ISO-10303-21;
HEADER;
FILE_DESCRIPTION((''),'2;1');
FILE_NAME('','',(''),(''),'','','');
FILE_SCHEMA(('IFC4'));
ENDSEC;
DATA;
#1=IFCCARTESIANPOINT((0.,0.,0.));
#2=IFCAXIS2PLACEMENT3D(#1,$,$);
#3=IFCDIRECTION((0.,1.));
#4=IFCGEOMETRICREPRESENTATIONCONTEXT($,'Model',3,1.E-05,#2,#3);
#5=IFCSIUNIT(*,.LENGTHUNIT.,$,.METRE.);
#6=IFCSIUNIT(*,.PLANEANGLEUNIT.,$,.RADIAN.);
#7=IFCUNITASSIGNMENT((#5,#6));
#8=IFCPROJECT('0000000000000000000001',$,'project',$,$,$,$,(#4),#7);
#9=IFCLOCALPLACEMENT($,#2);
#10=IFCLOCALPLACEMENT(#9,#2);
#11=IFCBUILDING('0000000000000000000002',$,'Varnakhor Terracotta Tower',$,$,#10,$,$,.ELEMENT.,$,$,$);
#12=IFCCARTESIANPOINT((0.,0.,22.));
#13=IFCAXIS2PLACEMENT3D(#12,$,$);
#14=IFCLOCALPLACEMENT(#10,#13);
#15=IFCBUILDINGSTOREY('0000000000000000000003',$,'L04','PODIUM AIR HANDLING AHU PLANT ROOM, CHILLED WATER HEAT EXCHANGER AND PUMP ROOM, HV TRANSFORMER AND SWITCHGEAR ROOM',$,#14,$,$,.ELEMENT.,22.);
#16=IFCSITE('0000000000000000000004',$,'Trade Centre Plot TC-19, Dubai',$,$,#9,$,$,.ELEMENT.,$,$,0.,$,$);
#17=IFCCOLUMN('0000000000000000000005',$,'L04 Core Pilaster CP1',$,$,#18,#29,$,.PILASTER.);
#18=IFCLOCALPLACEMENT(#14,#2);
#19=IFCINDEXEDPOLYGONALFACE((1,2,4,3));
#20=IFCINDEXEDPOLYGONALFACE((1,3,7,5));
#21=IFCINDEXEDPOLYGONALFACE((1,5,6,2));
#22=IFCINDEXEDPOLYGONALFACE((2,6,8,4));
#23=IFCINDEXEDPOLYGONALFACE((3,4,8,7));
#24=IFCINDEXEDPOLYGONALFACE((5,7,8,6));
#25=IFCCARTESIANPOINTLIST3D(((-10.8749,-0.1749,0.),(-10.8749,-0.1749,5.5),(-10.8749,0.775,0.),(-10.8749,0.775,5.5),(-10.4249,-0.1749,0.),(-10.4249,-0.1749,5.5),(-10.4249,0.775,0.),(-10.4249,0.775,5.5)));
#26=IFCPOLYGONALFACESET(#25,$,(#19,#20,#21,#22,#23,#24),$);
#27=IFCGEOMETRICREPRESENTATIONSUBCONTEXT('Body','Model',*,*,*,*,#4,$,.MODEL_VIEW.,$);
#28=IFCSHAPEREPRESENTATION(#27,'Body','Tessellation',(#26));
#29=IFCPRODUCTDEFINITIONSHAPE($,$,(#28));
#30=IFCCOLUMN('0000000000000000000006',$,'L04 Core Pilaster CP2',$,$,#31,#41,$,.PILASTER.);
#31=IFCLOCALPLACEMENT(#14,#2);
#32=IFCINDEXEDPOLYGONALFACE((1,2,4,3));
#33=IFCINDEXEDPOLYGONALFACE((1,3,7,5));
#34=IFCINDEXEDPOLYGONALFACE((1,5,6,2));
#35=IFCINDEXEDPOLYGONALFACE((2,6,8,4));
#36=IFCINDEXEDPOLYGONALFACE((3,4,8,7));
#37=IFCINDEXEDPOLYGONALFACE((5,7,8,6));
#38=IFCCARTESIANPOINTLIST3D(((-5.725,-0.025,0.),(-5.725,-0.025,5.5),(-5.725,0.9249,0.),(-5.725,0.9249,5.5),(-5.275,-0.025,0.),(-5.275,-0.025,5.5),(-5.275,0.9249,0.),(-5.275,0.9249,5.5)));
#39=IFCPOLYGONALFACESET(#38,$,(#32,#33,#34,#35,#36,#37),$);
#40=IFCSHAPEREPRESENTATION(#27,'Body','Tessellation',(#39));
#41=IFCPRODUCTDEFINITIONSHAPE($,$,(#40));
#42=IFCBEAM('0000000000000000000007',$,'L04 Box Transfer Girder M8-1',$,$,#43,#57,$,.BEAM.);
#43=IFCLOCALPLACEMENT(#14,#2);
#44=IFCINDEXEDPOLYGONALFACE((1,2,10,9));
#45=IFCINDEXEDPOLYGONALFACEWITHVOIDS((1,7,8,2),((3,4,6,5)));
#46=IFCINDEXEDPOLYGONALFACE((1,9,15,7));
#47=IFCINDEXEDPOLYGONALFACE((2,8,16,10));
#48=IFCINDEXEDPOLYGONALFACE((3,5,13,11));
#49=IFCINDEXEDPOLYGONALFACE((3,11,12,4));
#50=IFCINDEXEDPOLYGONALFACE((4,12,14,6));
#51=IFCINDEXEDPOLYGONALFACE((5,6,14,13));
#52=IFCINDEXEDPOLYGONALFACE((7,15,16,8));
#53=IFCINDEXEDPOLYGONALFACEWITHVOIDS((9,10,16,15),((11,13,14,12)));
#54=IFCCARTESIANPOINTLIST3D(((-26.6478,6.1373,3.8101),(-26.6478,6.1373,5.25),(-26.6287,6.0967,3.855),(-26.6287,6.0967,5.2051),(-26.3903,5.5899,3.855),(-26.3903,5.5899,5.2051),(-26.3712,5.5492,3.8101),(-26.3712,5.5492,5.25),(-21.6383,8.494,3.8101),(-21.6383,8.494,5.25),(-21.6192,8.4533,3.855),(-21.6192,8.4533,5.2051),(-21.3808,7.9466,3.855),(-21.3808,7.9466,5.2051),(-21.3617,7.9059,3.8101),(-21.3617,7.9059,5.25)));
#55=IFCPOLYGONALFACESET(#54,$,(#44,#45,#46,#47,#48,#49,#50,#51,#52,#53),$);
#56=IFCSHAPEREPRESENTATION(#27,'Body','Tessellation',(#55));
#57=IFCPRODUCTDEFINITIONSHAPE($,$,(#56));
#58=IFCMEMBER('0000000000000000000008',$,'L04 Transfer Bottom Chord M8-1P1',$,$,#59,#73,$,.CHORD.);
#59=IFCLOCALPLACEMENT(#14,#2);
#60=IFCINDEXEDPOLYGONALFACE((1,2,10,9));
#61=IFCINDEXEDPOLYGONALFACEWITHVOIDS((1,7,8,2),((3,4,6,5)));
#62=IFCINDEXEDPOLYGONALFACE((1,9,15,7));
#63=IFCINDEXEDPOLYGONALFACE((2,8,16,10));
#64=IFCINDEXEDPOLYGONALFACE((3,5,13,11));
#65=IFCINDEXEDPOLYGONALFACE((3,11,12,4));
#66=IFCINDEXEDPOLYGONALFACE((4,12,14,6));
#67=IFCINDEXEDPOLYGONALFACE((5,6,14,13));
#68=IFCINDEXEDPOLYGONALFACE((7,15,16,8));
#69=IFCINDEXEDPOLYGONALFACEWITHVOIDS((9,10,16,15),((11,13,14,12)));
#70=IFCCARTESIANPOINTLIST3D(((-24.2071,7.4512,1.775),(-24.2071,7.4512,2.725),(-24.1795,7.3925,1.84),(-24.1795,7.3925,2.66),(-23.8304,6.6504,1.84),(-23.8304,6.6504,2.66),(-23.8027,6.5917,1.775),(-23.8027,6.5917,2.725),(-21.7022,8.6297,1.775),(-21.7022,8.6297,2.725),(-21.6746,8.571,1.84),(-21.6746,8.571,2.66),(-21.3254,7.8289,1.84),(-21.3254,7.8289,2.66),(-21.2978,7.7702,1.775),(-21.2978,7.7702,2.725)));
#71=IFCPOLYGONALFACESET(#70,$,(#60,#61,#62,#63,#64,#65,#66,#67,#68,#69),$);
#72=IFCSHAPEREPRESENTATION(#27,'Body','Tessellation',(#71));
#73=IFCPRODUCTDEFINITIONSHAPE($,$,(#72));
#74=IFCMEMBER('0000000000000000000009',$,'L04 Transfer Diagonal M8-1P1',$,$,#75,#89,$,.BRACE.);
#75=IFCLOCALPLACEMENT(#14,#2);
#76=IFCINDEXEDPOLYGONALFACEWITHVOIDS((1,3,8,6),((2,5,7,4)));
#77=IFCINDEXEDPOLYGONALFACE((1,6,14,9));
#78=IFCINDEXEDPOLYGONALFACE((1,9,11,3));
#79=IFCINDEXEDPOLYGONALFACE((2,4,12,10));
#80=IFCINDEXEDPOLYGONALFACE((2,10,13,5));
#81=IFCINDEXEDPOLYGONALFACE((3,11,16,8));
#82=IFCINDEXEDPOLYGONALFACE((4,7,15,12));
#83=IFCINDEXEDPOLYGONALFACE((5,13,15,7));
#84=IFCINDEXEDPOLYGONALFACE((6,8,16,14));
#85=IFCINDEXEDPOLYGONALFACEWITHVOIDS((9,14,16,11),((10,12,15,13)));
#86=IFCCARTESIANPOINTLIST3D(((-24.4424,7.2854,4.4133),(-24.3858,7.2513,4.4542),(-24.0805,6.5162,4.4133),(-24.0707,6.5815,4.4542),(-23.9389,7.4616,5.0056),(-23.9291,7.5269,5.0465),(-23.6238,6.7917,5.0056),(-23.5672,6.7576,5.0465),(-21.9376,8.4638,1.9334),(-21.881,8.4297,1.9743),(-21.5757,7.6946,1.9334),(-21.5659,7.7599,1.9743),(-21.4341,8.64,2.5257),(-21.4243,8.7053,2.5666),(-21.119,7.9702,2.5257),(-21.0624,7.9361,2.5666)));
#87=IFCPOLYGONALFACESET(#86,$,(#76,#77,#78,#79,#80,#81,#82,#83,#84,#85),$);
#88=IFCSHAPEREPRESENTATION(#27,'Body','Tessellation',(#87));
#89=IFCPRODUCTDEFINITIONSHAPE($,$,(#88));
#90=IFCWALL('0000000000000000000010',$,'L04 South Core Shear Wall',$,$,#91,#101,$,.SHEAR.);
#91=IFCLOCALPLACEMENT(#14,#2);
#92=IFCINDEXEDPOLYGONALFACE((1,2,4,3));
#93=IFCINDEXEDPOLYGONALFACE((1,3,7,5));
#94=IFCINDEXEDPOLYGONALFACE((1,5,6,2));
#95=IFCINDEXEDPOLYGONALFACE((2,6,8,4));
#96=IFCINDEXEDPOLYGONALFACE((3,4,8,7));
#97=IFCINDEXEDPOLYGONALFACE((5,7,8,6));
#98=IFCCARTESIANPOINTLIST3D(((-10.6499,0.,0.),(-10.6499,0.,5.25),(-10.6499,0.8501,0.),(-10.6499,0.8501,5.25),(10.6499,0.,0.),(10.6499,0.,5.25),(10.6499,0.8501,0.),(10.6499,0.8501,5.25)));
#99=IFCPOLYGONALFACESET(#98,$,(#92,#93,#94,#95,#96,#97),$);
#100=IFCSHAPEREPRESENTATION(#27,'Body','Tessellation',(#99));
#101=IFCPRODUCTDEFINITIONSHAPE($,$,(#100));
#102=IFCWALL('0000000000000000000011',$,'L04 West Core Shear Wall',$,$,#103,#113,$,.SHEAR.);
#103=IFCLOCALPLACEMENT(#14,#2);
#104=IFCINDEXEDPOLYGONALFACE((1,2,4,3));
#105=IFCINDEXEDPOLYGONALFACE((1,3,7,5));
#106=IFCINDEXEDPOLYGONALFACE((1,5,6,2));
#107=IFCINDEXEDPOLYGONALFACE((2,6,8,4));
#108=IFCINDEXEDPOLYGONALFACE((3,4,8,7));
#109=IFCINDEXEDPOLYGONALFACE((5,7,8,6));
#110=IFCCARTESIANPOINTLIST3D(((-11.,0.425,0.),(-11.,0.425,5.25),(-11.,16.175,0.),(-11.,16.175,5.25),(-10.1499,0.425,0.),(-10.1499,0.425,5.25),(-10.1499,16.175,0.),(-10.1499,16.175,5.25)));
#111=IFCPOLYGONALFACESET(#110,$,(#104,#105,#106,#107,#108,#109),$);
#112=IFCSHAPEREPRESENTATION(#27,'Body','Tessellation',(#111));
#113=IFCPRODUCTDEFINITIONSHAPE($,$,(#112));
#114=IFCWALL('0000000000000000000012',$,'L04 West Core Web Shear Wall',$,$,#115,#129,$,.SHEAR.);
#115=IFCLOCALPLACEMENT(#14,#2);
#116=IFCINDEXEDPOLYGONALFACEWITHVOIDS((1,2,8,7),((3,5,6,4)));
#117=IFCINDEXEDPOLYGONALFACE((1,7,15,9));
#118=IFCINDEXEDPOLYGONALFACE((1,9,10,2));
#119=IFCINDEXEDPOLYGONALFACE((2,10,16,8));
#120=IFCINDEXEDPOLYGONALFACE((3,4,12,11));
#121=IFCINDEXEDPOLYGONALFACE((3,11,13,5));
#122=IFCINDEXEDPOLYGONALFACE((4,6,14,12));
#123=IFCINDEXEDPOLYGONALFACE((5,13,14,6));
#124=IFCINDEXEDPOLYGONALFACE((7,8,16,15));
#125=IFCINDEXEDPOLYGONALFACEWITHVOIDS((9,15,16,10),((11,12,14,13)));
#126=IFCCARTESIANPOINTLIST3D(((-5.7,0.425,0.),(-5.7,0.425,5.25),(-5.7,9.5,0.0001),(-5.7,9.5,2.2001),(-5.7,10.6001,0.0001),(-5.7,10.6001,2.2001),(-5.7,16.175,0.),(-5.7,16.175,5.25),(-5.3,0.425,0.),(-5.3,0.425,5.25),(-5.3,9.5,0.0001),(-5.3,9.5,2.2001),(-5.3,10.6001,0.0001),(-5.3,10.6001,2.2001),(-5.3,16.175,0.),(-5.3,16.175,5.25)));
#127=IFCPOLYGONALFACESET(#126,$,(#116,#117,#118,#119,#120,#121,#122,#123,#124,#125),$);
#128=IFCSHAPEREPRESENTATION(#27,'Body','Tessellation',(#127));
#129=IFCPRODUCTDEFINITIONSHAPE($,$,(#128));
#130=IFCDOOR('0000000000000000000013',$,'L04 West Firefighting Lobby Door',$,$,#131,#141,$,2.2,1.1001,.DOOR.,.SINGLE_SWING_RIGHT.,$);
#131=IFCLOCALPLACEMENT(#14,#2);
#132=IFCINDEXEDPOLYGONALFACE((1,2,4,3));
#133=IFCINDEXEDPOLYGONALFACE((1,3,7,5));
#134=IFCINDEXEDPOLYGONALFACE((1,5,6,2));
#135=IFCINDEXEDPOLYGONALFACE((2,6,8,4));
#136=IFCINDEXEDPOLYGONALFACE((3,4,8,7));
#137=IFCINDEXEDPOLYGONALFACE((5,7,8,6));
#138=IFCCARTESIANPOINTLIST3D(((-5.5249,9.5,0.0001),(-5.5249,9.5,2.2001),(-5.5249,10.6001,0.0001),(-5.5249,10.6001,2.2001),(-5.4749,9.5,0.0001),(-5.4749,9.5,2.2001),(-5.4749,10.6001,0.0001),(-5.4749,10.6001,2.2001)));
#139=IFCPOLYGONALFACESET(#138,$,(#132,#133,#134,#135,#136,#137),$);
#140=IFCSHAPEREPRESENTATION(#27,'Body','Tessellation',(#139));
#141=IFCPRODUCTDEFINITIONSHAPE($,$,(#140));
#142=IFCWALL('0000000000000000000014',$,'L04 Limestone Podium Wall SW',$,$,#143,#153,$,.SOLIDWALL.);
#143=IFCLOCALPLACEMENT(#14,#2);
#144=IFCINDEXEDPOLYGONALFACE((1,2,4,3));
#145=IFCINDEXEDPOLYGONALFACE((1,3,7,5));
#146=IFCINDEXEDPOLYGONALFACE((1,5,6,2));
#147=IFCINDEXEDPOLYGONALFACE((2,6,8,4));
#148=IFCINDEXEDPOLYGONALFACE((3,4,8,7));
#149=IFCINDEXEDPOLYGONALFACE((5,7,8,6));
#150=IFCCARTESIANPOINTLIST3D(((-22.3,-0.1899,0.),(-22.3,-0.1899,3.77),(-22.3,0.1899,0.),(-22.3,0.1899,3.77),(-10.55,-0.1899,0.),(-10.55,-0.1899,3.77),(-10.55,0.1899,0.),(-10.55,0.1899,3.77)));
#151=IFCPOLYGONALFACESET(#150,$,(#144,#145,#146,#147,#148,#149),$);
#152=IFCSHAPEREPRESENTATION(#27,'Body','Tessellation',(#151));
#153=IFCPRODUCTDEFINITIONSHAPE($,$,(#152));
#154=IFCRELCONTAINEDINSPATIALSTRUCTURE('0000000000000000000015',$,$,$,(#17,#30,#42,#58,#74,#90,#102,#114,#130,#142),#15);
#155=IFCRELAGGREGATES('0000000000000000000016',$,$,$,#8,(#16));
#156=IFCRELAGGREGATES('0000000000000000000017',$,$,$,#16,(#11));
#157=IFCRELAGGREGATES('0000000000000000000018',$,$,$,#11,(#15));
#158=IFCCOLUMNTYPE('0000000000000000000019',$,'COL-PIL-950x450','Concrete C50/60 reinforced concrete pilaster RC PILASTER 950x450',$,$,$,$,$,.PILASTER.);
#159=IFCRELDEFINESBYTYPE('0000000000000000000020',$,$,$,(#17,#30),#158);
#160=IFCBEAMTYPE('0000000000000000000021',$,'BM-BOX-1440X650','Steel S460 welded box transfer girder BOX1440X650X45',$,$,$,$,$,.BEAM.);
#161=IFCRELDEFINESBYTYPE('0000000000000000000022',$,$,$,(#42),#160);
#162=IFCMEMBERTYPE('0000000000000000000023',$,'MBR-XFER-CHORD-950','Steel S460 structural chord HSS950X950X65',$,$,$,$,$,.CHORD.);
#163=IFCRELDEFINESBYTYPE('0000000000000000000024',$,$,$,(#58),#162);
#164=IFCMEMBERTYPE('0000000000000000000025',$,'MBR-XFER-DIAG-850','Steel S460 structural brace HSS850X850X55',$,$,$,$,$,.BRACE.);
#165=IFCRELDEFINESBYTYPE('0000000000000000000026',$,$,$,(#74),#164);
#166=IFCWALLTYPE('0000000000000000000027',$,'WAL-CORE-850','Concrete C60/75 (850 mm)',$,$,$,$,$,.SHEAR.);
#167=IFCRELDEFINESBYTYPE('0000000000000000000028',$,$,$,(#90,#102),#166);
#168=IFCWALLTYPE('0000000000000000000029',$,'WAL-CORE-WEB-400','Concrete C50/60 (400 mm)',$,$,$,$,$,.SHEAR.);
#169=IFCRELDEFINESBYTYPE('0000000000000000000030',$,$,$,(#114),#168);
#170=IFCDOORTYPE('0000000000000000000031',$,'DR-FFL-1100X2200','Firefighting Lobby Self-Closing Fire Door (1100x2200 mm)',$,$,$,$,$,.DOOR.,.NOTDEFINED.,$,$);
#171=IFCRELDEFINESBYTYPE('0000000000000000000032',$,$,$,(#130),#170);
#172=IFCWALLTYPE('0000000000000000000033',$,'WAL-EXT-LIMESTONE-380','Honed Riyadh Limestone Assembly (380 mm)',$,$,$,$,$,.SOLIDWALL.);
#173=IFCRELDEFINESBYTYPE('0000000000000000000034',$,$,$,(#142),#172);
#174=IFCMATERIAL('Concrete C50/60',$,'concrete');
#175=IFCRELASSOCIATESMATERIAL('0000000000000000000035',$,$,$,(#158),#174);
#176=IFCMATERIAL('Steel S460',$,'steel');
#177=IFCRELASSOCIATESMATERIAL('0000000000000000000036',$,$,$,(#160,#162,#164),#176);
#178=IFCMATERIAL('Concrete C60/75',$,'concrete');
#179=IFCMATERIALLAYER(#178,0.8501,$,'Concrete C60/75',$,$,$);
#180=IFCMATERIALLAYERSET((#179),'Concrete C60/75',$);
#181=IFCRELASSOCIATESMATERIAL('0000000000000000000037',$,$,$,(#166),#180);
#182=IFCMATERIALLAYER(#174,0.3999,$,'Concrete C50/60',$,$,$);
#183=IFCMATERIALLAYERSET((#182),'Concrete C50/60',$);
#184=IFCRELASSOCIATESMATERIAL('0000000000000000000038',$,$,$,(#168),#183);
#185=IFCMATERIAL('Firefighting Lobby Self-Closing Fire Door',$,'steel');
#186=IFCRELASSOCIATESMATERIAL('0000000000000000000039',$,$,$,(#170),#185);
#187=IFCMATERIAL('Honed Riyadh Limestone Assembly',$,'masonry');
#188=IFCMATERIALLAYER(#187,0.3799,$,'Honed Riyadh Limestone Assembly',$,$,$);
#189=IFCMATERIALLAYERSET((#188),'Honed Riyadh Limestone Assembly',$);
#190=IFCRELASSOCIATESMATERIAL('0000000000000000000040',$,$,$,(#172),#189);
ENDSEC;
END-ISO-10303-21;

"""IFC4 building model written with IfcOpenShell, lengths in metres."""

from ifc_helpers import new_model, si_unit, direction, frame, frame_2d, origin, origin_2d, place, context, subcontext, project, spatial, rectangle, hollow_rectangle, extrude, source, transform, mapped, material, layer, layer_set, material_profile, profile_set, type_object, type_shapes, element, fill, save


model = new_model("IFC4")

# Units and contexts
model_context = context("Model", 3, precision=1e-05, world=origin(), true_north=direction((0.0, 1.0)))
body_context = subcontext(model_context, "Body", "Model", "MODEL_VIEW")
ifc_project = project(units=[si_unit("LENGTHUNIT", "METRE"), si_unit("PLANEANGLEUNIT", "RADIAN")], contexts=[model_context])

# Site, building, storey
site_placement = place(None, origin())
site = spatial("IfcSite", under=ifc_project, at=site_placement, Name="Trade Centre Plot TC-19, Dubai", CompositionType="ELEMENT", RefElevation=0.0)
building_placement = place(site_placement, origin())
building = spatial("IfcBuilding", under=site, at=building_placement, Name="Varnakhor Terracotta Tower", CompositionType="ELEMENT")
storey_placement = place(building_placement, frame((0.0, 0.0, 22.0)))
storey = spatial("IfcBuildingStorey", under=building, at=storey_placement, Name="L04", Description="PODIUM AIR HANDLING AHU PLANT ROOM, CHILLED WATER HEAT EXCHANGER AND PUMP ROOM, HV TRANSFORMER AND SWITCHGEAR ROOM", CompositionType="ELEMENT", Elevation=22.0)

# Columns
ifc_material_1 = material(Name="Concrete C50/60", Category="concrete")
ifc_material_profile_1 = material_profile(ifc_material_1, rectangle(XDim=0.45, YDim=0.95, at=origin_2d()), Name="RC PILASTER 950x450")
ifc_profile_set_1 = profile_set([ifc_material_profile_1], Name="Concrete C50/60")
column_type = type_object("IfcColumnType", Name="COL-PIL-950x450", Description="Concrete C50/60 reinforced concrete pilaster RC PILASTER 950x450", PredefinedType="PILASTER", material=ifc_profile_set_1)
shared_shape_1 = source(origin(), body_context, "Body", "SweptSolid", [
    extrude(rectangle(XDim=0.45, YDim=0.95, at=origin_2d()), origin(), (0.0, 0.0, 1.0), 5.5),
])
for number, where, z_axis, x_axis, name in (
    (1, (-10.6499, 0.3, 0.0), (0.0, 0.0, 1.0), (1.0, 0.0, 0.0), "L04 Core Pilaster CP1"),
    (2, (-5.5, 0.45, 0.0), (0.0, 0.0, 1.0), (1.0, 0.0, 0.0), "L04 Core Pilaster CP2"),
):
    element("IfcColumn", number, at=place(storey_placement, frame(where, z_axis=z_axis, x_axis=x_axis)), inside=storey, type_object=column_type, Name=name, PredefinedType="PILASTER", context=body_context, shape_type="MappedRepresentation", body=[
        mapped(shared_shape_1, transform((0.0, 0.0, 0.0), scale=1.0)),
    ])

# Beam
ifc_material_2 = material(Name="Steel S460", Category="steel")
ifc_material_profile_2 = material_profile(ifc_material_2, hollow_rectangle(XDim=0.6499, YDim=1.4399, WallThickness=0.0449, at=origin_2d()), Name="BOX1440X650X45")
ifc_profile_set_2 = profile_set([ifc_material_profile_2], Name="Steel S460")
beam_type = type_object("IfcBeamType", Name="BM-BOX-1440X650", Description="Steel S460 welded box transfer girder BOX1440X650X45", PredefinedType="BEAM", material=ifc_profile_set_2)
shared_shape_2 = source(origin(), body_context, "Body", "SweptSolid", [
    extrude(hollow_rectangle(XDim=0.6499, YDim=1.4399, WallThickness=0.0449, at=origin_2d()), origin(), (0.0, 0.0, 1.0), 5.5361),
])
beam_placement = place(storey_placement, frame((-21.5, 8.2, 4.53), z_axis=(-0.90487, -0.425689, 0.0), x_axis=(0.425689, -0.90487, 0.0)))
element("IfcBeam", 3, at=beam_placement, inside=storey, type_object=beam_type, Name="L04 Box Transfer Girder M8-1", PredefinedType="BEAM", context=body_context, shape_type="MappedRepresentation", body=[
    mapped(shared_shape_2, transform((0.0, 0.0, 0.0), scale=1.0)),
])

# Members
ifc_material_profile_3 = material_profile(ifc_material_2, hollow_rectangle(XDim=0.95, YDim=0.95, WallThickness=0.0649, at=origin_2d()), Name="HSS950X950X65")
ifc_profile_set_3 = profile_set([ifc_material_profile_3], Name="Steel S460")
member_type_1 = type_object("IfcMemberType", Name="MBR-XFER-CHORD-950", Description="Steel S460 structural chord HSS950X950X65", PredefinedType="CHORD", material=ifc_profile_set_3)
shared_shape_3 = source(origin(), body_context, "Body", "SweptSolid", [
    extrude(hollow_rectangle(XDim=0.95, YDim=0.95, WallThickness=0.0649, at=origin_2d()), origin(), (0.0, 0.0, 1.0), 2.7683),
])
member_1_placement = place(storey_placement, frame((-21.5, 8.2, 2.25), z_axis=(-0.904861, -0.425708, 0.0), x_axis=(0.425708, -0.904861, 0.0)))
element("IfcMember", 4, at=member_1_placement, inside=storey, type_object=member_type_1, Name="L04 Transfer Bottom Chord M8-1P1", PredefinedType="CHORD", context=body_context, shape_type="MappedRepresentation", body=[
    mapped(shared_shape_3, transform((0.0, 0.0, 0.0), scale=1.0)),
])
ifc_material_profile_4 = material_profile(ifc_material_2, hollow_rectangle(XDim=0.8501, YDim=0.8501, WallThickness=0.0549, at=origin_2d()), Name="HSS850X850X55")
ifc_profile_set_4 = profile_set([ifc_material_profile_4], Name="Steel S460")
member_type_2 = type_object("IfcMemberType", Name="MBR-XFER-DIAG-850", Description="Steel S460 structural brace HSS850X850X55", PredefinedType="BRACE", material=ifc_profile_set_4)
shared_shape_4 = source(origin(), body_context, "Body", "SweptSolid", [
    extrude(hollow_rectangle(XDim=0.8501, YDim=0.8501, WallThickness=0.0549, at=origin_2d()), origin(), (0.0, 0.0, 1.0), 3.7166),
])
type_shapes(member_type_2, [shared_shape_4])
member_2_placement = place(storey_placement, frame((-21.5, 8.2, 2.25), z_axis=(-0.673962, -0.317077, 0.667261), x_axis=(0.425708, -0.904861, 0.0)))
element("IfcMember", 5, at=member_2_placement, inside=storey, type_object=member_type_2, Name="L04 Transfer Diagonal M8-1P1", PredefinedType="BRACE", context=body_context, shape_type="MappedRepresentation", body=[
    mapped(shared_shape_4, transform((0.0, 0.0, 0.0), scale=1.0)),
])

# Walls
ifc_material_3 = material(Name="Concrete C60/75", Category="concrete")
ifc_layer_1 = layer(ifc_material_3, 0.8501, Name="Concrete C60/75")
ifc_layer_set_1 = layer_set([ifc_layer_1], Name="Concrete C60/75")
wall_type_1 = type_object("IfcWallType", Name="WAL-CORE-850", Description="Concrete C60/75 (850 mm)", PredefinedType="SHEAR", material=ifc_layer_set_1)
wall_1_placement = place(storey_placement, frame((-10.6499, 0.425, 0.0), z_axis=(0.0, 0.0, 1.0), x_axis=(1.0, 0.0, 0.0)))
element("IfcWall", 6, at=wall_1_placement, inside=storey, type_object=wall_type_1, Name="L04 South Core Shear Wall", PredefinedType="SHEAR", context=body_context, shape_type="SweptSolid", body=[
    extrude(rectangle(XDim=21.2998, YDim=0.8501, at=frame_2d((10.6499, 0.0))), origin(), (0.0, 0.0, 1.0), 5.25),
])
wall_2_placement = place(storey_placement, frame((-10.575, 0.425, 0.0), z_axis=(0.0, 0.0, 1.0), x_axis=(0.0, 1.0, 0.0)))
element("IfcWall", 7, at=wall_2_placement, inside=storey, type_object=wall_type_1, Name="L04 West Core Shear Wall", PredefinedType="SHEAR", context=body_context, shape_type="SweptSolid", body=[
    extrude(rectangle(XDim=15.75, YDim=0.8501, at=frame_2d((7.875, 0.0))), origin(), (0.0, 0.0, 1.0), 5.25),
])

# Wall, opening, door
ifc_layer_2 = layer(ifc_material_1, 0.3999, Name="Concrete C50/60")
ifc_layer_set_2 = layer_set([ifc_layer_2], Name="Concrete C50/60")
wall_type_2 = type_object("IfcWallType", Name="WAL-CORE-WEB-400", Description="Concrete C50/60 (400 mm)", PredefinedType="SHEAR", material=ifc_layer_set_2)
wall_3_placement = place(storey_placement, frame((-5.5, 0.425, 0.0), z_axis=(0.0, 0.0, 1.0), x_axis=(0.0, 1.0, 0.0)))
wall_3 = element("IfcWall", 8, at=wall_3_placement, inside=storey, type_object=wall_type_2, Name="L04 West Core Web Shear Wall", PredefinedType="SHEAR", context=body_context, shape_type="SweptSolid", body=[
    extrude(rectangle(XDim=15.75, YDim=0.3999, at=frame_2d((7.875, 0.0))), origin(), (0.0, 0.0, 1.0), 5.25),
])
opening_1_placement = place(wall_3_placement, frame((9.075, 0.0, 0.0)))
opening_1 = element("IfcOpeningElement", 9, at=opening_1_placement, cuts=wall_3, PredefinedType="OPENING", context=body_context, shape_type="SweptSolid", body=[
    extrude(rectangle(XDim=1.1001, YDim=2.2, at=frame_2d((0.55, 1.1001))), frame((0.0, 0.21, 0.0), z_axis=(0.0, -1.0, 0.0), x_axis=(1.0, 0.0, 0.0)), (0.0, 0.0, 1.0), 0.4199),
])
ifc_material_4 = material(Name="Firefighting Lobby Self-Closing Fire Door", Category="steel")
door_type_1 = type_object("IfcDoorType", Name="DR-FFL-1100X2200", Description="Firefighting Lobby Self-Closing Fire Door (1100x2200 mm)", OperationType="NOTDEFINED", PredefinedType="DOOR", material=ifc_material_4)
shared_shape_5 = source(origin(), body_context, "Body", "SweptSolid", [
    extrude(rectangle(XDim=1.1001, YDim=2.2, at=frame_2d((0.55, 1.1001))), frame((0.0, 0.0249, 0.0), z_axis=(0.0, -1.0, 0.0), x_axis=(1.0, 0.0, 0.0)), (0.0, 0.0, 1.0), 0.05),
])
type_shapes(door_type_1, [shared_shape_5])
door_1_placement = place(opening_1_placement, origin())
door_1 = element("IfcDoor", 10, at=door_1_placement, inside=storey, type_object=door_type_1, Name="L04 West Firefighting Lobby Door", OperationType="SINGLE_SWING_RIGHT", OverallHeight=2.2, OverallWidth=1.1001, PredefinedType="DOOR", context=body_context, shape_type="MappedRepresentation", body=[
    mapped(shared_shape_5, transform((0.0, 0.0, 0.0), scale=1.0)),
])
fill(opening_1, door_1)

# Wall
ifc_material_5 = material(Name="Honed Riyadh Limestone Assembly", Category="masonry")
ifc_layer_3 = layer(ifc_material_5, 0.3799, Name="Honed Riyadh Limestone Assembly")
ifc_layer_set_3 = layer_set([ifc_layer_3], Name="Honed Riyadh Limestone Assembly")
wall_type_3 = type_object("IfcWallType", Name="WAL-EXT-LIMESTONE-380", Description="Honed Riyadh Limestone Assembly (380 mm)", PredefinedType="SOLIDWALL", material=ifc_layer_set_3)
wall_4_placement = place(storey_placement, frame((-10.55, 0.0, 0.0), z_axis=(0.0, 0.0, 1.0), x_axis=(-1.0, 0.0, 0.0)))
element("IfcWall", 11, at=wall_4_placement, inside=storey, type_object=wall_type_3, Name="L04 Limestone Podium Wall SW", PredefinedType="SOLIDWALL", context=body_context, shape_type="SweptSolid", body=[
    extrude(rectangle(XDim=11.75, YDim=0.3799, at=frame_2d((5.875, 0.0))), origin(), (0.0, 0.0, 1.0), 3.77),
])

save(model, "model.ifc")
